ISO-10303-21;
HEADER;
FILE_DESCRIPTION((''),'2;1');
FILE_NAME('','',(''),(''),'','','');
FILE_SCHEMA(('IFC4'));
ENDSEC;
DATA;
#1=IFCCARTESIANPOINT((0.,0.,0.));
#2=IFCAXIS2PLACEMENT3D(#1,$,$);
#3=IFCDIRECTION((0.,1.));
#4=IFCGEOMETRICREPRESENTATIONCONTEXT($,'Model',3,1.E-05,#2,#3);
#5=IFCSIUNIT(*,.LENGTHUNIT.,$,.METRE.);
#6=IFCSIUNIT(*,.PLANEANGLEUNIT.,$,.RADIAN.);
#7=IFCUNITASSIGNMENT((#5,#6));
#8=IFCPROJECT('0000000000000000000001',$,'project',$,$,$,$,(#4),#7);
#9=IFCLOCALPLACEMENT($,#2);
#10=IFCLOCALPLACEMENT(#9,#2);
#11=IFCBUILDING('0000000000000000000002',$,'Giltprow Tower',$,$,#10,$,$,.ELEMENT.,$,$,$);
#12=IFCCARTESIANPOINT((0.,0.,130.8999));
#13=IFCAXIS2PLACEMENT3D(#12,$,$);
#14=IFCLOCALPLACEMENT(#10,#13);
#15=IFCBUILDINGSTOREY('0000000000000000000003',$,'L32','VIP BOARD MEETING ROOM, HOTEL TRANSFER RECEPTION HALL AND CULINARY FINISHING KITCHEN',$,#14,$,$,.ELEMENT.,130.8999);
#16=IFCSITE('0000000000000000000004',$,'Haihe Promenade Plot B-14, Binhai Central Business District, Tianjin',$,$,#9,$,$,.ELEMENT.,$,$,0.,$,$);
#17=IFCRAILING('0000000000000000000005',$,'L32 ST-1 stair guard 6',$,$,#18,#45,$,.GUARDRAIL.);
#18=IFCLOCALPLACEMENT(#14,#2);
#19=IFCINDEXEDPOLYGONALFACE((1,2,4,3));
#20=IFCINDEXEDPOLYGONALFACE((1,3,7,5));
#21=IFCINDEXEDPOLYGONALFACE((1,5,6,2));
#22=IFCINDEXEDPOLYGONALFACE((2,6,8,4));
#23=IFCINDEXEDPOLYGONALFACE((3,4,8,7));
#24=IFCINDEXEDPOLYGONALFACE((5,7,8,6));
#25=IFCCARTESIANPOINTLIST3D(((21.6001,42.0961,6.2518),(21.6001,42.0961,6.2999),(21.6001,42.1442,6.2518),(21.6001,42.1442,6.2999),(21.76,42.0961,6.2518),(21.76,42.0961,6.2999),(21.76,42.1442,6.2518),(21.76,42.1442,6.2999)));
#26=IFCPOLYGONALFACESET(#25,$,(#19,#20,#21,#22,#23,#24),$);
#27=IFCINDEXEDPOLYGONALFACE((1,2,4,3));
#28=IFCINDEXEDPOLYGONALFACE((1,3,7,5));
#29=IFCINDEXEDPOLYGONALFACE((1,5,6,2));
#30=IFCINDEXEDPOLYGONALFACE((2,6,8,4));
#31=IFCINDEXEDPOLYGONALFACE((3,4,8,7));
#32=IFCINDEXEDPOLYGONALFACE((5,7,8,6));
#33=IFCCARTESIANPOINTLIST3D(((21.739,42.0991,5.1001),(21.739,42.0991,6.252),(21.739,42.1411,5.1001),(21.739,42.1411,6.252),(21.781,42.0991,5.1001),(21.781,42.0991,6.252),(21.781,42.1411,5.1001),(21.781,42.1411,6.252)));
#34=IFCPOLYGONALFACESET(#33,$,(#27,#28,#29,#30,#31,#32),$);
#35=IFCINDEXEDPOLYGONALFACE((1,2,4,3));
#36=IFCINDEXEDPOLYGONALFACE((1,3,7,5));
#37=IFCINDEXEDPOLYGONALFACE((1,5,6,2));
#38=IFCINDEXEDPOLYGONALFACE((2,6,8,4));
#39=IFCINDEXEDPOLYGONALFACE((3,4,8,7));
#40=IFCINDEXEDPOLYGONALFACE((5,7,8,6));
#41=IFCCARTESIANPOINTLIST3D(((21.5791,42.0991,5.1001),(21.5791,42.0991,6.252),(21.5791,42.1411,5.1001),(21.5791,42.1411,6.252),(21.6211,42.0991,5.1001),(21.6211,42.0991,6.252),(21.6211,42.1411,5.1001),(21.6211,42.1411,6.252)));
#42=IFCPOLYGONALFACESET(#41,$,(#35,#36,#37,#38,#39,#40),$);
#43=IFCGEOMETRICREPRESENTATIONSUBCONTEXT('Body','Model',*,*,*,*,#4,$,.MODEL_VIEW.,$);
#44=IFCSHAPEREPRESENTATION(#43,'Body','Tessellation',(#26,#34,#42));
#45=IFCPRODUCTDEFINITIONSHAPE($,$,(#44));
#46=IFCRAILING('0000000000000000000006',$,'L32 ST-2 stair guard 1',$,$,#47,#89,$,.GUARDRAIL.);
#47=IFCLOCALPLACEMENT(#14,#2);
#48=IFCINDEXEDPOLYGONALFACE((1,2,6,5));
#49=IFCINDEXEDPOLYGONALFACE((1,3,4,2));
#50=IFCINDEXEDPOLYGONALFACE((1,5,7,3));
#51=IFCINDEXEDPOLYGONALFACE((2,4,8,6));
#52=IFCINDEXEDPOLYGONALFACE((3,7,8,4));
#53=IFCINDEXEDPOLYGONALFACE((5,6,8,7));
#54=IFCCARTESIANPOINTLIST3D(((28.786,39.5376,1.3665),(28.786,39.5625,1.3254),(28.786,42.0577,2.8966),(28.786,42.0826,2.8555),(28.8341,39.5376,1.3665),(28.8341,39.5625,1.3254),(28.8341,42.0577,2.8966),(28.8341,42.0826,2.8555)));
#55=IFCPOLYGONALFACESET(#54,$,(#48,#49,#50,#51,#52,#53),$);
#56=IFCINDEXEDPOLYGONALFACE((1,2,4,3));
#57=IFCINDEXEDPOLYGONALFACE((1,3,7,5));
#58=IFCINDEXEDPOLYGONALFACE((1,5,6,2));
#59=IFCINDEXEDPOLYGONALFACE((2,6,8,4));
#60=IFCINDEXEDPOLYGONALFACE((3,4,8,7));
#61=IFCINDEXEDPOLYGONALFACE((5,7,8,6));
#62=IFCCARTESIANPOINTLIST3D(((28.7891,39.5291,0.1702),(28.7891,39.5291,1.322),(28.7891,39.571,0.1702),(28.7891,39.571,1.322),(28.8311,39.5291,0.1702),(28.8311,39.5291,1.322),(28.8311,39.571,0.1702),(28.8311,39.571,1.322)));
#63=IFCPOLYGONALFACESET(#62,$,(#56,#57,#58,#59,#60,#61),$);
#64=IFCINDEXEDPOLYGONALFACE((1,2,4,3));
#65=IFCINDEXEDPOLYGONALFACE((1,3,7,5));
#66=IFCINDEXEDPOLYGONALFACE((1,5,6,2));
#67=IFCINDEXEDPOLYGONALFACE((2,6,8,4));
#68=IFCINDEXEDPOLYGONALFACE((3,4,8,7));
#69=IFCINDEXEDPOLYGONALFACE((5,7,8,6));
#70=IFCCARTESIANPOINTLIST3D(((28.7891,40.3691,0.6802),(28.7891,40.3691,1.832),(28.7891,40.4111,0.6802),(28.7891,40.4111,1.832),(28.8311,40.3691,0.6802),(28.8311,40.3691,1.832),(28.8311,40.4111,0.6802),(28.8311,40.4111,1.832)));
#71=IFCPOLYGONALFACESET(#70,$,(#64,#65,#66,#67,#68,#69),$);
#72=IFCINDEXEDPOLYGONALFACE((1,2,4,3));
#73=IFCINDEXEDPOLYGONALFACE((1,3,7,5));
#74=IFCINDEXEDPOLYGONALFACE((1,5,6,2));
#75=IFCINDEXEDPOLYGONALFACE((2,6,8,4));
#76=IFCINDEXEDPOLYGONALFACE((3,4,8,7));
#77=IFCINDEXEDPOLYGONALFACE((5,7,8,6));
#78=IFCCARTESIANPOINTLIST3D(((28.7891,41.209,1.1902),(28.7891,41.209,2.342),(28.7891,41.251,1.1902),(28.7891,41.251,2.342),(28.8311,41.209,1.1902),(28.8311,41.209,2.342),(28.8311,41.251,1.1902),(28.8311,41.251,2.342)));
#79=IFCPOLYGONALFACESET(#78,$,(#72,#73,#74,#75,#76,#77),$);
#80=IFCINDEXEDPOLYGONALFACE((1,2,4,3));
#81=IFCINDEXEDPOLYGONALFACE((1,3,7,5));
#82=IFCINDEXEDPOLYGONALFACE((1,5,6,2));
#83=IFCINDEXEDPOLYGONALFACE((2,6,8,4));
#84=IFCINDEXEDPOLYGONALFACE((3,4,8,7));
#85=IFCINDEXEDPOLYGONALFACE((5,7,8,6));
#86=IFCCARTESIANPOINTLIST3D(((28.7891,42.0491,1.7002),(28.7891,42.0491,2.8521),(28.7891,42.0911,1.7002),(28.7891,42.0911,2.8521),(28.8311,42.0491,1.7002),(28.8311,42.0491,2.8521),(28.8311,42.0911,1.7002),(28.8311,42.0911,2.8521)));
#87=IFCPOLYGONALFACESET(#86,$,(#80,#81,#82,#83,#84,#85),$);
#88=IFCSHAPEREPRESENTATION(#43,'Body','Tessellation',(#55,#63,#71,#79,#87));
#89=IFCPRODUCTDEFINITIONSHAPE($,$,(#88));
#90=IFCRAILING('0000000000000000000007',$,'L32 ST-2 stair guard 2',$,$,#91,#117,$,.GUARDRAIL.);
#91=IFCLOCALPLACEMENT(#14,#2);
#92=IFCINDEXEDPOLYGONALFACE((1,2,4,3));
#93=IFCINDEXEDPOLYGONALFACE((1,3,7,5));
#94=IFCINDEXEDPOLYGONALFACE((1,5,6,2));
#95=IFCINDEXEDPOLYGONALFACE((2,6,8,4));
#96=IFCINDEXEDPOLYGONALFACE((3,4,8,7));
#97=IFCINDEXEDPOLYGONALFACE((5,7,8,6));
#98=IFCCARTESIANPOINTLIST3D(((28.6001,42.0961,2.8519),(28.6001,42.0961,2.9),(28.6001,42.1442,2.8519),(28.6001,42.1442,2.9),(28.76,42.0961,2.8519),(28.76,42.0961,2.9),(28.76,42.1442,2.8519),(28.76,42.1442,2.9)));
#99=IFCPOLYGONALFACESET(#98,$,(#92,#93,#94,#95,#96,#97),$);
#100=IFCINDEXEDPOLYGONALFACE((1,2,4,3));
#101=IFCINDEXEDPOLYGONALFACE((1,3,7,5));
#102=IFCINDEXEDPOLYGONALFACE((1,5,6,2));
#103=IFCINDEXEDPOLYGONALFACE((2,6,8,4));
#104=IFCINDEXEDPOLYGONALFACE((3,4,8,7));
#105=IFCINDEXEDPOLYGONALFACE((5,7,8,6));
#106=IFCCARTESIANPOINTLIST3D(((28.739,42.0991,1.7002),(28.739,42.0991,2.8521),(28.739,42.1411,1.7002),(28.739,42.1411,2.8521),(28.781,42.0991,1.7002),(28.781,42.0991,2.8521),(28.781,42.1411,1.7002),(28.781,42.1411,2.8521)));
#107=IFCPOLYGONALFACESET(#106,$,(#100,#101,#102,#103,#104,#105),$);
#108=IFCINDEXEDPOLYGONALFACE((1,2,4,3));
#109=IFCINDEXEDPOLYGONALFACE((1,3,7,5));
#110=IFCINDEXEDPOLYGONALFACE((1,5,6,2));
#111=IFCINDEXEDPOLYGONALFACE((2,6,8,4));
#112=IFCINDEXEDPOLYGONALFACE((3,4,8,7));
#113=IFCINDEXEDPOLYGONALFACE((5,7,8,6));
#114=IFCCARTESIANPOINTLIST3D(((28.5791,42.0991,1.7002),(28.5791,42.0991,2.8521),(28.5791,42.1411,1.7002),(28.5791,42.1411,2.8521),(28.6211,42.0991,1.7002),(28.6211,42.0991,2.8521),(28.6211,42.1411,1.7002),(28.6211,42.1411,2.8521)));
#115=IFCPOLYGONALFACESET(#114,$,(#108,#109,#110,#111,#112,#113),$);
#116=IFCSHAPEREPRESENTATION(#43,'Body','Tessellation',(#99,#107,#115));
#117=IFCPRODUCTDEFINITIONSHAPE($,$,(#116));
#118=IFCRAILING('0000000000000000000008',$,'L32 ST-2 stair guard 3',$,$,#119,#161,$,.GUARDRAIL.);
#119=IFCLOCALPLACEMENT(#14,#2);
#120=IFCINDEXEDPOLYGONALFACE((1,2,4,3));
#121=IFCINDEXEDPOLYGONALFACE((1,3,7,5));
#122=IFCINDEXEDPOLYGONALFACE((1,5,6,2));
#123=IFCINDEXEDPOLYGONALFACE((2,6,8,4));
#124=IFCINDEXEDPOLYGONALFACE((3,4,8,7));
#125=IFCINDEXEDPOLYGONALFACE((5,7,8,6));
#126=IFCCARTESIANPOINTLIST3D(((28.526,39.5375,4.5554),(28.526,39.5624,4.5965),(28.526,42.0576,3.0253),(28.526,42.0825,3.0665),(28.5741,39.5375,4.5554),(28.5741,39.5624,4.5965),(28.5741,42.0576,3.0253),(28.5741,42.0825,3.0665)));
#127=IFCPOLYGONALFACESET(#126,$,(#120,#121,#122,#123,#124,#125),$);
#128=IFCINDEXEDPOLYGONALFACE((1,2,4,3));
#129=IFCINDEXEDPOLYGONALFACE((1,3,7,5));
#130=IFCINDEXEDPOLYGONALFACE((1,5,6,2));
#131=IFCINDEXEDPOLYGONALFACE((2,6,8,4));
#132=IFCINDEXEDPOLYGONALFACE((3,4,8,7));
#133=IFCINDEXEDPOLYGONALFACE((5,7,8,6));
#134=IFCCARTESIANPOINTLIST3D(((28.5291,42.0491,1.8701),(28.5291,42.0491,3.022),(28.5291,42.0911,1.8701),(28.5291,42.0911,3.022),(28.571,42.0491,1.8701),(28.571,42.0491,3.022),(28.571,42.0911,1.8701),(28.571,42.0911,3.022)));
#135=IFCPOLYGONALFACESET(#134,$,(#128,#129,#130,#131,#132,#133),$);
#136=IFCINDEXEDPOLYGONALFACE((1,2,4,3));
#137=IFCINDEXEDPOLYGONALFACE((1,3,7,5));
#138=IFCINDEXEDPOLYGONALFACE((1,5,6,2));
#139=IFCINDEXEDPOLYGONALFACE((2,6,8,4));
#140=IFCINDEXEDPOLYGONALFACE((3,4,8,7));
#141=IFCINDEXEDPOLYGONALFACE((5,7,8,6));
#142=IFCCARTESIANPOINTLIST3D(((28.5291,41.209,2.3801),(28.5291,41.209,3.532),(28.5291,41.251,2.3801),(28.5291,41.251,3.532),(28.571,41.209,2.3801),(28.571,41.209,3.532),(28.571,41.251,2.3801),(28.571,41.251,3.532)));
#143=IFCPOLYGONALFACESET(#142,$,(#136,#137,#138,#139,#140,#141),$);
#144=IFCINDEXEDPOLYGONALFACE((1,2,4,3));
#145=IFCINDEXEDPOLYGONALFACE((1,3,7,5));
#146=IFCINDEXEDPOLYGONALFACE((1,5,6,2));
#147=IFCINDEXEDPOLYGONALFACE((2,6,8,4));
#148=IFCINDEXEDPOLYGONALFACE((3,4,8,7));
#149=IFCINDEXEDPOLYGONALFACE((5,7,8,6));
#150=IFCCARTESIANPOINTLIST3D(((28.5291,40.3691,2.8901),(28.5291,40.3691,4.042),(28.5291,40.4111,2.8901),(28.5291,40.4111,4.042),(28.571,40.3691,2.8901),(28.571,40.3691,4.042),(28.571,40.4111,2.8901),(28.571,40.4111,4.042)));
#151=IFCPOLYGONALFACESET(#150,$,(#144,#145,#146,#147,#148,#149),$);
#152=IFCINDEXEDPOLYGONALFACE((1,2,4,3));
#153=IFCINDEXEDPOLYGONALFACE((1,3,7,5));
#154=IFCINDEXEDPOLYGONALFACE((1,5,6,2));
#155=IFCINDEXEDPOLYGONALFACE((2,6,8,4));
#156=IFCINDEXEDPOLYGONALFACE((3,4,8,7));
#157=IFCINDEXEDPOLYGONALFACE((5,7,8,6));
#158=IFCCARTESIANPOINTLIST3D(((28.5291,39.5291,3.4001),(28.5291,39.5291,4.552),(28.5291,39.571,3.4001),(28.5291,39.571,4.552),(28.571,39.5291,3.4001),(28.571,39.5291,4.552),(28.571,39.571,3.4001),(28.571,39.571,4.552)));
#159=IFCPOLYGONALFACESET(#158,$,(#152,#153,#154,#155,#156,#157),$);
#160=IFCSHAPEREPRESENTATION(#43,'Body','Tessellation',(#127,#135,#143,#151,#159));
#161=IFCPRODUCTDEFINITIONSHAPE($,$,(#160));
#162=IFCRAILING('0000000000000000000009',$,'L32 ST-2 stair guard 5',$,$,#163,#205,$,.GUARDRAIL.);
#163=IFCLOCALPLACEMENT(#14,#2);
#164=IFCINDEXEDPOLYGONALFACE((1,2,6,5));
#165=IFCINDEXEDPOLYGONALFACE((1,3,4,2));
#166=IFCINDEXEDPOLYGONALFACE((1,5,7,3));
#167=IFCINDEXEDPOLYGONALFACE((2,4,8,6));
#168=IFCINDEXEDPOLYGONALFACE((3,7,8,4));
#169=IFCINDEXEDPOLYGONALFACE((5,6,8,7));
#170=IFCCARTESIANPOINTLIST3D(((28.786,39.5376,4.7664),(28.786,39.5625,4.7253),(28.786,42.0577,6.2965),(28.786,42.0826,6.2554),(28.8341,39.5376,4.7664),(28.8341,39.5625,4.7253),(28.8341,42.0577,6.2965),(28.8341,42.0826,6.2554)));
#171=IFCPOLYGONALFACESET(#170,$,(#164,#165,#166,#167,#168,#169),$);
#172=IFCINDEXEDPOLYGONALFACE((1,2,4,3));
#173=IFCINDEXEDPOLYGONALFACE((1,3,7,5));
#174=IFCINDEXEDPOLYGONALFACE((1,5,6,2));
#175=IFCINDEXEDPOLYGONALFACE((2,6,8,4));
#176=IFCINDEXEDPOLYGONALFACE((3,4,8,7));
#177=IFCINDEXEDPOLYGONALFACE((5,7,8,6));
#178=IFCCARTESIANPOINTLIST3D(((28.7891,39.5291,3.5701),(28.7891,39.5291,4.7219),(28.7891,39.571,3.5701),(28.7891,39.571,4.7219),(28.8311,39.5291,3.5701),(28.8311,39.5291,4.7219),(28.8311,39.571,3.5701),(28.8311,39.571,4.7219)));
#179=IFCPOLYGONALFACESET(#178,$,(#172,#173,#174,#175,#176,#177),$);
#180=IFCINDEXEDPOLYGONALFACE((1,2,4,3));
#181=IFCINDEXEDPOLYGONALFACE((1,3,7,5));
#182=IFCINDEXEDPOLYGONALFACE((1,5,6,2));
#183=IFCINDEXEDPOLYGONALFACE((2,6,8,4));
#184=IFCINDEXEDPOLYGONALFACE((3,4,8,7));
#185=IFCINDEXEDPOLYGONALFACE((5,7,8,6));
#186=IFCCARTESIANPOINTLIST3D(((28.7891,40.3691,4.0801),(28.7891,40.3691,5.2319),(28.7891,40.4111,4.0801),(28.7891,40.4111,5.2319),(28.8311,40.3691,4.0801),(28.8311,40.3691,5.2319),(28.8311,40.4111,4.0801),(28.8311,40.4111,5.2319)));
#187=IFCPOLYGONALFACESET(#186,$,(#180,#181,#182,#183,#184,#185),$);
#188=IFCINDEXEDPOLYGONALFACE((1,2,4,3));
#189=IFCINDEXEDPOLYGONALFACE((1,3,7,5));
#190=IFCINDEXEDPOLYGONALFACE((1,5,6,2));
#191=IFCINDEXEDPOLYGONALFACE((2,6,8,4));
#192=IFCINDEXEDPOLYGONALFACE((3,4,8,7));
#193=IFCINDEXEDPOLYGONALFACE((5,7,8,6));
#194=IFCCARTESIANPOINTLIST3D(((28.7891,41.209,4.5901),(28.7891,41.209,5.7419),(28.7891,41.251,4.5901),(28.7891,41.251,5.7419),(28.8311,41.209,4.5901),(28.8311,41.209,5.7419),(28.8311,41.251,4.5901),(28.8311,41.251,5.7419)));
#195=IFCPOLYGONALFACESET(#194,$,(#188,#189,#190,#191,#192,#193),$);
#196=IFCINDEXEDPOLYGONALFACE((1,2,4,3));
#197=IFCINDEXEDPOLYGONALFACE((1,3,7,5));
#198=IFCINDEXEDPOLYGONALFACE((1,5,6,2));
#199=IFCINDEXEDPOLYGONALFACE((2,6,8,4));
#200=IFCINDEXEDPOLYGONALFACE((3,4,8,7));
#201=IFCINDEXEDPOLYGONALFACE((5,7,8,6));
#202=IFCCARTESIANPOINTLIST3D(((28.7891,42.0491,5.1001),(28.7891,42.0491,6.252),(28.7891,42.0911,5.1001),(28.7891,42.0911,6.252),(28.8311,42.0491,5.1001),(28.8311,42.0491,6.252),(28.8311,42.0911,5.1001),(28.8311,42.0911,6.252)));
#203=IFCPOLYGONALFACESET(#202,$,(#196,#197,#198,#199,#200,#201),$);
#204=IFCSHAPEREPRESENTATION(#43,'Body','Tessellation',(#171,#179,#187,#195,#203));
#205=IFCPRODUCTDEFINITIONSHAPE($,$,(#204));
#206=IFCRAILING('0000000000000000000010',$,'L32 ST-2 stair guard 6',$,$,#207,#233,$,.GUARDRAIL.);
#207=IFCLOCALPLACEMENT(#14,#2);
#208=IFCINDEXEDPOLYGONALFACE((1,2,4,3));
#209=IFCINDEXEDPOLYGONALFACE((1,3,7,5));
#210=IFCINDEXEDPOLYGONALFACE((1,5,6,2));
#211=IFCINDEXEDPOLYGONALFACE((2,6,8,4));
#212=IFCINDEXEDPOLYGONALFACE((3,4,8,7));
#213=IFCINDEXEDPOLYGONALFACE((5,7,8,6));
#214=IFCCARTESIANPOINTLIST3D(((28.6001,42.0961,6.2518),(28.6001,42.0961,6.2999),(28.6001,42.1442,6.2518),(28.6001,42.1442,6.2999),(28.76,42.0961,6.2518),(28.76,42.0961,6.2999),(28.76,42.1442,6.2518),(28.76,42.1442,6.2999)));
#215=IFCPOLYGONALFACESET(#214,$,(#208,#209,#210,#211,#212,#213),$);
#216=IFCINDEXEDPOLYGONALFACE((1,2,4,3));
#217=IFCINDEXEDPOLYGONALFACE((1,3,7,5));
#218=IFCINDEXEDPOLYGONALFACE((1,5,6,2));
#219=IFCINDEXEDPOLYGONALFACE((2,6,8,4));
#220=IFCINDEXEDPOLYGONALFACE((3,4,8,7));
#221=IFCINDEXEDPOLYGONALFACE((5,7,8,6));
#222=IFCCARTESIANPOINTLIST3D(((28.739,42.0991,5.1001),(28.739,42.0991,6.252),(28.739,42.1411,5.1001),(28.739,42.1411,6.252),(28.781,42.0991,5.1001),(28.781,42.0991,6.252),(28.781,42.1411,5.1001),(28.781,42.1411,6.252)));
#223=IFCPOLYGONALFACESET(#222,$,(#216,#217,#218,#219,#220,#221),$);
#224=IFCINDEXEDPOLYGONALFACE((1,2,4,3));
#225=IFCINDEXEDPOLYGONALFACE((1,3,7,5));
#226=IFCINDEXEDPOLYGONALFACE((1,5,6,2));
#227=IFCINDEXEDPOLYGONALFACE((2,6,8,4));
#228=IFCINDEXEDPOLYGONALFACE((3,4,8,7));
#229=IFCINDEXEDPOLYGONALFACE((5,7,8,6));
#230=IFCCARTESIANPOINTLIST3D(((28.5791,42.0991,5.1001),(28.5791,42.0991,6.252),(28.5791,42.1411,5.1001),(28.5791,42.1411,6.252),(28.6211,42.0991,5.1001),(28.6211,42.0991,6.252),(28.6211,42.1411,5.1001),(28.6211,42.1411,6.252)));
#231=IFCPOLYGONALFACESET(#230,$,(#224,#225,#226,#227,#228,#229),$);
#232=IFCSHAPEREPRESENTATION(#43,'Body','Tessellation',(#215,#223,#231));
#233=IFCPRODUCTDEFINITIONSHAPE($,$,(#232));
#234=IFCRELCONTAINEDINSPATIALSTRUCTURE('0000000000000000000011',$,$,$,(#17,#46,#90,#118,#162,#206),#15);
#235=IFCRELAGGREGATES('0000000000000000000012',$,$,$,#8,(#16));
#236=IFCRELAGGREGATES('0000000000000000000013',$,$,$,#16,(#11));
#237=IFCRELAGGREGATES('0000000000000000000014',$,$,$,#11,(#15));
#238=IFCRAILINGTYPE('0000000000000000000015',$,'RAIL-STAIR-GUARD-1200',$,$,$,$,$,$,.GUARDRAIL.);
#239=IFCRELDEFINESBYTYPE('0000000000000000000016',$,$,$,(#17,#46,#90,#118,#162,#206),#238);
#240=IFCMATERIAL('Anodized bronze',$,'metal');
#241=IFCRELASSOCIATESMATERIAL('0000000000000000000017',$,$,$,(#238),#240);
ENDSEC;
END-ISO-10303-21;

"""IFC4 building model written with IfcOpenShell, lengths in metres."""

from ifc_helpers import new_model, si_unit, direction, frame, origin, origin_2d, place, context, subcontext, project, spatial, rectangle, extrude, material, type_object, element, save


model = new_model("IFC4")

# Units and contexts
model_context = context("Model", 3, precision=1e-05, world=origin(), true_north=direction((0.0, 1.0)))
body_context = subcontext(model_context, "Body", "Model", "MODEL_VIEW")
ifc_project = project(units=[si_unit("LENGTHUNIT", "METRE"), si_unit("PLANEANGLEUNIT", "RADIAN")], contexts=[model_context])

# Site, building, storey
site_placement = place(None, origin())
site = spatial("IfcSite", under=ifc_project, at=site_placement, Name="Haihe Promenade Plot B-14, Binhai Central Business District, Tianjin", CompositionType="ELEMENT", RefElevation=0.0)
building_placement = place(site_placement, origin())
building = spatial("IfcBuilding", under=site, at=building_placement, Name="Giltprow Tower", CompositionType="ELEMENT")
storey_placement = place(building_placement, frame((0.0, 0.0, 130.8999)))
storey = spatial("IfcBuildingStorey", under=building, at=storey_placement, Name="L32", Description="VIP BOARD MEETING ROOM, HOTEL TRANSFER RECEPTION HALL AND CULINARY FINISHING KITCHEN", CompositionType="ELEMENT", Elevation=130.8999)

# Railings
ifc_material_1 = material(Name="Anodized bronze", Category="metal")
railing_type_1 = type_object("IfcRailingType", Name="RAIL-STAIR-GUARD-1200", PredefinedType="GUARDRAIL", material=ifc_material_1)
railing_1_placement = place(storey_placement, frame((21.76, 42.1201, 5.1001)))
element("IfcRailing", 1, at=railing_1_placement, inside=storey, type_object=railing_type_1, Name="L32 ST-1 stair guard 6", PredefinedType="GUARDRAIL", context=body_context, shape_type="SweptSolid", body=[
    extrude(rectangle(XDim=0.0481, YDim=0.0481, at=origin_2d()), frame((0.0, 0.0, 1.1758), z_axis=(-1.0, 0.0, 0.0), x_axis=(0.0, -1.0, 0.0)), (0.0, 0.0, 1.0), 0.1599),
    extrude(rectangle(XDim=0.042, YDim=0.042, at=origin_2d()), origin(), (0.0, 0.0, 1.0), 1.1519),
    extrude(rectangle(XDim=0.042, YDim=0.042, at=origin_2d()), frame((-0.1599, 0.0, 0.0)), (0.0, 0.0, 1.0), 1.1519),
])
railing_2_placement = place(storey_placement, frame((28.8101, 39.55, 0.1702)))
element("IfcRailing", 2, at=railing_2_placement, inside=storey, type_object=railing_type_1, Name="L32 ST-2 stair guard 1", PredefinedType="GUARDRAIL", context=body_context, shape_type="SweptSolid", body=[
    extrude(rectangle(XDim=0.0481, YDim=0.0481, at=origin_2d()), frame((0.0, 0.0, 1.1758), z_axis=(0.0, 0.854785, 0.518982), x_axis=(-1.0, 0.0, 0.0)), (0.0, 0.0, 1.0), 2.9482),
    extrude(rectangle(XDim=0.042, YDim=0.042, at=origin_2d()), origin(), (0.0, 0.0, 1.0), 1.1519),
    extrude(rectangle(XDim=0.042, YDim=0.042, at=origin_2d()), frame((0.0, 0.8401, 0.51)), (0.0, 0.0, 1.0), 1.1519),
    extrude(rectangle(XDim=0.042, YDim=0.042, at=origin_2d()), frame((0.0, 1.6799, 1.02)), (0.0, 0.0, 1.0), 1.1519),
    extrude(rectangle(XDim=0.042, YDim=0.042, at=origin_2d()), frame((0.0, 2.52, 1.53)), (0.0, 0.0, 1.0), 1.1519),
])
railing_3_placement = place(storey_placement, frame((28.76, 42.1201, 1.7002)))
element("IfcRailing", 3, at=railing_3_placement, inside=storey, type_object=railing_type_1, Name="L32 ST-2 stair guard 2", PredefinedType="GUARDRAIL", context=body_context, shape_type="SweptSolid", body=[
    extrude(rectangle(XDim=0.0481, YDim=0.0481, at=origin_2d()), frame((0.0, 0.0, 1.1758), z_axis=(-1.0, 0.0, 0.0), x_axis=(0.0, -1.0, 0.0)), (0.0, 0.0, 1.0), 0.1599),
    extrude(rectangle(XDim=0.042, YDim=0.042, at=origin_2d()), origin(), (0.0, 0.0, 1.0), 1.1519),
    extrude(rectangle(XDim=0.042, YDim=0.042, at=origin_2d()), frame((-0.1599, 0.0, 0.0)), (0.0, 0.0, 1.0), 1.1519),
])
railing_4_placement = place(storey_placement, frame((28.55, 42.0701, 1.8701)))
element("IfcRailing", 4, at=railing_4_placement, inside=storey, type_object=railing_type_1, Name="L32 ST-2 stair guard 3", PredefinedType="GUARDRAIL", context=body_context, shape_type="SweptSolid", body=[
    extrude(rectangle(XDim=0.0481, YDim=0.0481, at=origin_2d()), frame((0.0, 0.0, 1.1758), z_axis=(0.0, -0.854785, 0.518982), x_axis=(1.0, 0.0, 0.0)), (0.0, 0.0, 1.0), 2.9482),
    extrude(rectangle(XDim=0.042, YDim=0.042, at=origin_2d()), origin(), (0.0, 0.0, 1.0), 1.1519),
    extrude(rectangle(XDim=0.042, YDim=0.042, at=origin_2d()), frame((0.0, -0.8401, 0.51)), (0.0, 0.0, 1.0), 1.1519),
    extrude(rectangle(XDim=0.042, YDim=0.042, at=origin_2d()), frame((0.0, -1.6799, 1.02)), (0.0, 0.0, 1.0), 1.1519),
    extrude(rectangle(XDim=0.042, YDim=0.042, at=origin_2d()), frame((0.0, -2.52, 1.53)), (0.0, 0.0, 1.0), 1.1519),
])
railing_5_placement = place(storey_placement, frame((28.8101, 39.55, 3.5701)))
element("IfcRailing", 5, at=railing_5_placement, inside=storey, type_object=railing_type_1, Name="L32 ST-2 stair guard 5", PredefinedType="GUARDRAIL", context=body_context, shape_type="SweptSolid", body=[
    extrude(rectangle(XDim=0.0481, YDim=0.0481, at=origin_2d()), frame((0.0, 0.0, 1.1758), z_axis=(0.0, 0.854785, 0.518982), x_axis=(-1.0, 0.0, 0.0)), (0.0, 0.0, 1.0), 2.9482),
    extrude(rectangle(XDim=0.042, YDim=0.042, at=origin_2d()), origin(), (0.0, 0.0, 1.0), 1.1519),
    extrude(rectangle(XDim=0.042, YDim=0.042, at=origin_2d()), frame((0.0, 0.8401, 0.51)), (0.0, 0.0, 1.0), 1.1519),
    extrude(rectangle(XDim=0.042, YDim=0.042, at=origin_2d()), frame((0.0, 1.6799, 1.02)), (0.0, 0.0, 1.0), 1.1519),
    extrude(rectangle(XDim=0.042, YDim=0.042, at=origin_2d()), frame((0.0, 2.52, 1.53)), (0.0, 0.0, 1.0), 1.1519),
])
railing_6_placement = place(storey_placement, frame((28.76, 42.1201, 5.1001)))
element("IfcRailing", 6, at=railing_6_placement, inside=storey, type_object=railing_type_1, Name="L32 ST-2 stair guard 6", PredefinedType="GUARDRAIL", context=body_context, shape_type="SweptSolid", body=[
    extrude(rectangle(XDim=0.0481, YDim=0.0481, at=origin_2d()), frame((0.0, 0.0, 1.1758), z_axis=(-1.0, 0.0, 0.0), x_axis=(0.0, -1.0, 0.0)), (0.0, 0.0, 1.0), 0.1599),
    extrude(rectangle(XDim=0.042, YDim=0.042, at=origin_2d()), origin(), (0.0, 0.0, 1.0), 1.1519),
    extrude(rectangle(XDim=0.042, YDim=0.042, at=origin_2d()), frame((-0.1599, 0.0, 0.0)), (0.0, 0.0, 1.0), 1.1519),
])

save(model, "model.ifc")
